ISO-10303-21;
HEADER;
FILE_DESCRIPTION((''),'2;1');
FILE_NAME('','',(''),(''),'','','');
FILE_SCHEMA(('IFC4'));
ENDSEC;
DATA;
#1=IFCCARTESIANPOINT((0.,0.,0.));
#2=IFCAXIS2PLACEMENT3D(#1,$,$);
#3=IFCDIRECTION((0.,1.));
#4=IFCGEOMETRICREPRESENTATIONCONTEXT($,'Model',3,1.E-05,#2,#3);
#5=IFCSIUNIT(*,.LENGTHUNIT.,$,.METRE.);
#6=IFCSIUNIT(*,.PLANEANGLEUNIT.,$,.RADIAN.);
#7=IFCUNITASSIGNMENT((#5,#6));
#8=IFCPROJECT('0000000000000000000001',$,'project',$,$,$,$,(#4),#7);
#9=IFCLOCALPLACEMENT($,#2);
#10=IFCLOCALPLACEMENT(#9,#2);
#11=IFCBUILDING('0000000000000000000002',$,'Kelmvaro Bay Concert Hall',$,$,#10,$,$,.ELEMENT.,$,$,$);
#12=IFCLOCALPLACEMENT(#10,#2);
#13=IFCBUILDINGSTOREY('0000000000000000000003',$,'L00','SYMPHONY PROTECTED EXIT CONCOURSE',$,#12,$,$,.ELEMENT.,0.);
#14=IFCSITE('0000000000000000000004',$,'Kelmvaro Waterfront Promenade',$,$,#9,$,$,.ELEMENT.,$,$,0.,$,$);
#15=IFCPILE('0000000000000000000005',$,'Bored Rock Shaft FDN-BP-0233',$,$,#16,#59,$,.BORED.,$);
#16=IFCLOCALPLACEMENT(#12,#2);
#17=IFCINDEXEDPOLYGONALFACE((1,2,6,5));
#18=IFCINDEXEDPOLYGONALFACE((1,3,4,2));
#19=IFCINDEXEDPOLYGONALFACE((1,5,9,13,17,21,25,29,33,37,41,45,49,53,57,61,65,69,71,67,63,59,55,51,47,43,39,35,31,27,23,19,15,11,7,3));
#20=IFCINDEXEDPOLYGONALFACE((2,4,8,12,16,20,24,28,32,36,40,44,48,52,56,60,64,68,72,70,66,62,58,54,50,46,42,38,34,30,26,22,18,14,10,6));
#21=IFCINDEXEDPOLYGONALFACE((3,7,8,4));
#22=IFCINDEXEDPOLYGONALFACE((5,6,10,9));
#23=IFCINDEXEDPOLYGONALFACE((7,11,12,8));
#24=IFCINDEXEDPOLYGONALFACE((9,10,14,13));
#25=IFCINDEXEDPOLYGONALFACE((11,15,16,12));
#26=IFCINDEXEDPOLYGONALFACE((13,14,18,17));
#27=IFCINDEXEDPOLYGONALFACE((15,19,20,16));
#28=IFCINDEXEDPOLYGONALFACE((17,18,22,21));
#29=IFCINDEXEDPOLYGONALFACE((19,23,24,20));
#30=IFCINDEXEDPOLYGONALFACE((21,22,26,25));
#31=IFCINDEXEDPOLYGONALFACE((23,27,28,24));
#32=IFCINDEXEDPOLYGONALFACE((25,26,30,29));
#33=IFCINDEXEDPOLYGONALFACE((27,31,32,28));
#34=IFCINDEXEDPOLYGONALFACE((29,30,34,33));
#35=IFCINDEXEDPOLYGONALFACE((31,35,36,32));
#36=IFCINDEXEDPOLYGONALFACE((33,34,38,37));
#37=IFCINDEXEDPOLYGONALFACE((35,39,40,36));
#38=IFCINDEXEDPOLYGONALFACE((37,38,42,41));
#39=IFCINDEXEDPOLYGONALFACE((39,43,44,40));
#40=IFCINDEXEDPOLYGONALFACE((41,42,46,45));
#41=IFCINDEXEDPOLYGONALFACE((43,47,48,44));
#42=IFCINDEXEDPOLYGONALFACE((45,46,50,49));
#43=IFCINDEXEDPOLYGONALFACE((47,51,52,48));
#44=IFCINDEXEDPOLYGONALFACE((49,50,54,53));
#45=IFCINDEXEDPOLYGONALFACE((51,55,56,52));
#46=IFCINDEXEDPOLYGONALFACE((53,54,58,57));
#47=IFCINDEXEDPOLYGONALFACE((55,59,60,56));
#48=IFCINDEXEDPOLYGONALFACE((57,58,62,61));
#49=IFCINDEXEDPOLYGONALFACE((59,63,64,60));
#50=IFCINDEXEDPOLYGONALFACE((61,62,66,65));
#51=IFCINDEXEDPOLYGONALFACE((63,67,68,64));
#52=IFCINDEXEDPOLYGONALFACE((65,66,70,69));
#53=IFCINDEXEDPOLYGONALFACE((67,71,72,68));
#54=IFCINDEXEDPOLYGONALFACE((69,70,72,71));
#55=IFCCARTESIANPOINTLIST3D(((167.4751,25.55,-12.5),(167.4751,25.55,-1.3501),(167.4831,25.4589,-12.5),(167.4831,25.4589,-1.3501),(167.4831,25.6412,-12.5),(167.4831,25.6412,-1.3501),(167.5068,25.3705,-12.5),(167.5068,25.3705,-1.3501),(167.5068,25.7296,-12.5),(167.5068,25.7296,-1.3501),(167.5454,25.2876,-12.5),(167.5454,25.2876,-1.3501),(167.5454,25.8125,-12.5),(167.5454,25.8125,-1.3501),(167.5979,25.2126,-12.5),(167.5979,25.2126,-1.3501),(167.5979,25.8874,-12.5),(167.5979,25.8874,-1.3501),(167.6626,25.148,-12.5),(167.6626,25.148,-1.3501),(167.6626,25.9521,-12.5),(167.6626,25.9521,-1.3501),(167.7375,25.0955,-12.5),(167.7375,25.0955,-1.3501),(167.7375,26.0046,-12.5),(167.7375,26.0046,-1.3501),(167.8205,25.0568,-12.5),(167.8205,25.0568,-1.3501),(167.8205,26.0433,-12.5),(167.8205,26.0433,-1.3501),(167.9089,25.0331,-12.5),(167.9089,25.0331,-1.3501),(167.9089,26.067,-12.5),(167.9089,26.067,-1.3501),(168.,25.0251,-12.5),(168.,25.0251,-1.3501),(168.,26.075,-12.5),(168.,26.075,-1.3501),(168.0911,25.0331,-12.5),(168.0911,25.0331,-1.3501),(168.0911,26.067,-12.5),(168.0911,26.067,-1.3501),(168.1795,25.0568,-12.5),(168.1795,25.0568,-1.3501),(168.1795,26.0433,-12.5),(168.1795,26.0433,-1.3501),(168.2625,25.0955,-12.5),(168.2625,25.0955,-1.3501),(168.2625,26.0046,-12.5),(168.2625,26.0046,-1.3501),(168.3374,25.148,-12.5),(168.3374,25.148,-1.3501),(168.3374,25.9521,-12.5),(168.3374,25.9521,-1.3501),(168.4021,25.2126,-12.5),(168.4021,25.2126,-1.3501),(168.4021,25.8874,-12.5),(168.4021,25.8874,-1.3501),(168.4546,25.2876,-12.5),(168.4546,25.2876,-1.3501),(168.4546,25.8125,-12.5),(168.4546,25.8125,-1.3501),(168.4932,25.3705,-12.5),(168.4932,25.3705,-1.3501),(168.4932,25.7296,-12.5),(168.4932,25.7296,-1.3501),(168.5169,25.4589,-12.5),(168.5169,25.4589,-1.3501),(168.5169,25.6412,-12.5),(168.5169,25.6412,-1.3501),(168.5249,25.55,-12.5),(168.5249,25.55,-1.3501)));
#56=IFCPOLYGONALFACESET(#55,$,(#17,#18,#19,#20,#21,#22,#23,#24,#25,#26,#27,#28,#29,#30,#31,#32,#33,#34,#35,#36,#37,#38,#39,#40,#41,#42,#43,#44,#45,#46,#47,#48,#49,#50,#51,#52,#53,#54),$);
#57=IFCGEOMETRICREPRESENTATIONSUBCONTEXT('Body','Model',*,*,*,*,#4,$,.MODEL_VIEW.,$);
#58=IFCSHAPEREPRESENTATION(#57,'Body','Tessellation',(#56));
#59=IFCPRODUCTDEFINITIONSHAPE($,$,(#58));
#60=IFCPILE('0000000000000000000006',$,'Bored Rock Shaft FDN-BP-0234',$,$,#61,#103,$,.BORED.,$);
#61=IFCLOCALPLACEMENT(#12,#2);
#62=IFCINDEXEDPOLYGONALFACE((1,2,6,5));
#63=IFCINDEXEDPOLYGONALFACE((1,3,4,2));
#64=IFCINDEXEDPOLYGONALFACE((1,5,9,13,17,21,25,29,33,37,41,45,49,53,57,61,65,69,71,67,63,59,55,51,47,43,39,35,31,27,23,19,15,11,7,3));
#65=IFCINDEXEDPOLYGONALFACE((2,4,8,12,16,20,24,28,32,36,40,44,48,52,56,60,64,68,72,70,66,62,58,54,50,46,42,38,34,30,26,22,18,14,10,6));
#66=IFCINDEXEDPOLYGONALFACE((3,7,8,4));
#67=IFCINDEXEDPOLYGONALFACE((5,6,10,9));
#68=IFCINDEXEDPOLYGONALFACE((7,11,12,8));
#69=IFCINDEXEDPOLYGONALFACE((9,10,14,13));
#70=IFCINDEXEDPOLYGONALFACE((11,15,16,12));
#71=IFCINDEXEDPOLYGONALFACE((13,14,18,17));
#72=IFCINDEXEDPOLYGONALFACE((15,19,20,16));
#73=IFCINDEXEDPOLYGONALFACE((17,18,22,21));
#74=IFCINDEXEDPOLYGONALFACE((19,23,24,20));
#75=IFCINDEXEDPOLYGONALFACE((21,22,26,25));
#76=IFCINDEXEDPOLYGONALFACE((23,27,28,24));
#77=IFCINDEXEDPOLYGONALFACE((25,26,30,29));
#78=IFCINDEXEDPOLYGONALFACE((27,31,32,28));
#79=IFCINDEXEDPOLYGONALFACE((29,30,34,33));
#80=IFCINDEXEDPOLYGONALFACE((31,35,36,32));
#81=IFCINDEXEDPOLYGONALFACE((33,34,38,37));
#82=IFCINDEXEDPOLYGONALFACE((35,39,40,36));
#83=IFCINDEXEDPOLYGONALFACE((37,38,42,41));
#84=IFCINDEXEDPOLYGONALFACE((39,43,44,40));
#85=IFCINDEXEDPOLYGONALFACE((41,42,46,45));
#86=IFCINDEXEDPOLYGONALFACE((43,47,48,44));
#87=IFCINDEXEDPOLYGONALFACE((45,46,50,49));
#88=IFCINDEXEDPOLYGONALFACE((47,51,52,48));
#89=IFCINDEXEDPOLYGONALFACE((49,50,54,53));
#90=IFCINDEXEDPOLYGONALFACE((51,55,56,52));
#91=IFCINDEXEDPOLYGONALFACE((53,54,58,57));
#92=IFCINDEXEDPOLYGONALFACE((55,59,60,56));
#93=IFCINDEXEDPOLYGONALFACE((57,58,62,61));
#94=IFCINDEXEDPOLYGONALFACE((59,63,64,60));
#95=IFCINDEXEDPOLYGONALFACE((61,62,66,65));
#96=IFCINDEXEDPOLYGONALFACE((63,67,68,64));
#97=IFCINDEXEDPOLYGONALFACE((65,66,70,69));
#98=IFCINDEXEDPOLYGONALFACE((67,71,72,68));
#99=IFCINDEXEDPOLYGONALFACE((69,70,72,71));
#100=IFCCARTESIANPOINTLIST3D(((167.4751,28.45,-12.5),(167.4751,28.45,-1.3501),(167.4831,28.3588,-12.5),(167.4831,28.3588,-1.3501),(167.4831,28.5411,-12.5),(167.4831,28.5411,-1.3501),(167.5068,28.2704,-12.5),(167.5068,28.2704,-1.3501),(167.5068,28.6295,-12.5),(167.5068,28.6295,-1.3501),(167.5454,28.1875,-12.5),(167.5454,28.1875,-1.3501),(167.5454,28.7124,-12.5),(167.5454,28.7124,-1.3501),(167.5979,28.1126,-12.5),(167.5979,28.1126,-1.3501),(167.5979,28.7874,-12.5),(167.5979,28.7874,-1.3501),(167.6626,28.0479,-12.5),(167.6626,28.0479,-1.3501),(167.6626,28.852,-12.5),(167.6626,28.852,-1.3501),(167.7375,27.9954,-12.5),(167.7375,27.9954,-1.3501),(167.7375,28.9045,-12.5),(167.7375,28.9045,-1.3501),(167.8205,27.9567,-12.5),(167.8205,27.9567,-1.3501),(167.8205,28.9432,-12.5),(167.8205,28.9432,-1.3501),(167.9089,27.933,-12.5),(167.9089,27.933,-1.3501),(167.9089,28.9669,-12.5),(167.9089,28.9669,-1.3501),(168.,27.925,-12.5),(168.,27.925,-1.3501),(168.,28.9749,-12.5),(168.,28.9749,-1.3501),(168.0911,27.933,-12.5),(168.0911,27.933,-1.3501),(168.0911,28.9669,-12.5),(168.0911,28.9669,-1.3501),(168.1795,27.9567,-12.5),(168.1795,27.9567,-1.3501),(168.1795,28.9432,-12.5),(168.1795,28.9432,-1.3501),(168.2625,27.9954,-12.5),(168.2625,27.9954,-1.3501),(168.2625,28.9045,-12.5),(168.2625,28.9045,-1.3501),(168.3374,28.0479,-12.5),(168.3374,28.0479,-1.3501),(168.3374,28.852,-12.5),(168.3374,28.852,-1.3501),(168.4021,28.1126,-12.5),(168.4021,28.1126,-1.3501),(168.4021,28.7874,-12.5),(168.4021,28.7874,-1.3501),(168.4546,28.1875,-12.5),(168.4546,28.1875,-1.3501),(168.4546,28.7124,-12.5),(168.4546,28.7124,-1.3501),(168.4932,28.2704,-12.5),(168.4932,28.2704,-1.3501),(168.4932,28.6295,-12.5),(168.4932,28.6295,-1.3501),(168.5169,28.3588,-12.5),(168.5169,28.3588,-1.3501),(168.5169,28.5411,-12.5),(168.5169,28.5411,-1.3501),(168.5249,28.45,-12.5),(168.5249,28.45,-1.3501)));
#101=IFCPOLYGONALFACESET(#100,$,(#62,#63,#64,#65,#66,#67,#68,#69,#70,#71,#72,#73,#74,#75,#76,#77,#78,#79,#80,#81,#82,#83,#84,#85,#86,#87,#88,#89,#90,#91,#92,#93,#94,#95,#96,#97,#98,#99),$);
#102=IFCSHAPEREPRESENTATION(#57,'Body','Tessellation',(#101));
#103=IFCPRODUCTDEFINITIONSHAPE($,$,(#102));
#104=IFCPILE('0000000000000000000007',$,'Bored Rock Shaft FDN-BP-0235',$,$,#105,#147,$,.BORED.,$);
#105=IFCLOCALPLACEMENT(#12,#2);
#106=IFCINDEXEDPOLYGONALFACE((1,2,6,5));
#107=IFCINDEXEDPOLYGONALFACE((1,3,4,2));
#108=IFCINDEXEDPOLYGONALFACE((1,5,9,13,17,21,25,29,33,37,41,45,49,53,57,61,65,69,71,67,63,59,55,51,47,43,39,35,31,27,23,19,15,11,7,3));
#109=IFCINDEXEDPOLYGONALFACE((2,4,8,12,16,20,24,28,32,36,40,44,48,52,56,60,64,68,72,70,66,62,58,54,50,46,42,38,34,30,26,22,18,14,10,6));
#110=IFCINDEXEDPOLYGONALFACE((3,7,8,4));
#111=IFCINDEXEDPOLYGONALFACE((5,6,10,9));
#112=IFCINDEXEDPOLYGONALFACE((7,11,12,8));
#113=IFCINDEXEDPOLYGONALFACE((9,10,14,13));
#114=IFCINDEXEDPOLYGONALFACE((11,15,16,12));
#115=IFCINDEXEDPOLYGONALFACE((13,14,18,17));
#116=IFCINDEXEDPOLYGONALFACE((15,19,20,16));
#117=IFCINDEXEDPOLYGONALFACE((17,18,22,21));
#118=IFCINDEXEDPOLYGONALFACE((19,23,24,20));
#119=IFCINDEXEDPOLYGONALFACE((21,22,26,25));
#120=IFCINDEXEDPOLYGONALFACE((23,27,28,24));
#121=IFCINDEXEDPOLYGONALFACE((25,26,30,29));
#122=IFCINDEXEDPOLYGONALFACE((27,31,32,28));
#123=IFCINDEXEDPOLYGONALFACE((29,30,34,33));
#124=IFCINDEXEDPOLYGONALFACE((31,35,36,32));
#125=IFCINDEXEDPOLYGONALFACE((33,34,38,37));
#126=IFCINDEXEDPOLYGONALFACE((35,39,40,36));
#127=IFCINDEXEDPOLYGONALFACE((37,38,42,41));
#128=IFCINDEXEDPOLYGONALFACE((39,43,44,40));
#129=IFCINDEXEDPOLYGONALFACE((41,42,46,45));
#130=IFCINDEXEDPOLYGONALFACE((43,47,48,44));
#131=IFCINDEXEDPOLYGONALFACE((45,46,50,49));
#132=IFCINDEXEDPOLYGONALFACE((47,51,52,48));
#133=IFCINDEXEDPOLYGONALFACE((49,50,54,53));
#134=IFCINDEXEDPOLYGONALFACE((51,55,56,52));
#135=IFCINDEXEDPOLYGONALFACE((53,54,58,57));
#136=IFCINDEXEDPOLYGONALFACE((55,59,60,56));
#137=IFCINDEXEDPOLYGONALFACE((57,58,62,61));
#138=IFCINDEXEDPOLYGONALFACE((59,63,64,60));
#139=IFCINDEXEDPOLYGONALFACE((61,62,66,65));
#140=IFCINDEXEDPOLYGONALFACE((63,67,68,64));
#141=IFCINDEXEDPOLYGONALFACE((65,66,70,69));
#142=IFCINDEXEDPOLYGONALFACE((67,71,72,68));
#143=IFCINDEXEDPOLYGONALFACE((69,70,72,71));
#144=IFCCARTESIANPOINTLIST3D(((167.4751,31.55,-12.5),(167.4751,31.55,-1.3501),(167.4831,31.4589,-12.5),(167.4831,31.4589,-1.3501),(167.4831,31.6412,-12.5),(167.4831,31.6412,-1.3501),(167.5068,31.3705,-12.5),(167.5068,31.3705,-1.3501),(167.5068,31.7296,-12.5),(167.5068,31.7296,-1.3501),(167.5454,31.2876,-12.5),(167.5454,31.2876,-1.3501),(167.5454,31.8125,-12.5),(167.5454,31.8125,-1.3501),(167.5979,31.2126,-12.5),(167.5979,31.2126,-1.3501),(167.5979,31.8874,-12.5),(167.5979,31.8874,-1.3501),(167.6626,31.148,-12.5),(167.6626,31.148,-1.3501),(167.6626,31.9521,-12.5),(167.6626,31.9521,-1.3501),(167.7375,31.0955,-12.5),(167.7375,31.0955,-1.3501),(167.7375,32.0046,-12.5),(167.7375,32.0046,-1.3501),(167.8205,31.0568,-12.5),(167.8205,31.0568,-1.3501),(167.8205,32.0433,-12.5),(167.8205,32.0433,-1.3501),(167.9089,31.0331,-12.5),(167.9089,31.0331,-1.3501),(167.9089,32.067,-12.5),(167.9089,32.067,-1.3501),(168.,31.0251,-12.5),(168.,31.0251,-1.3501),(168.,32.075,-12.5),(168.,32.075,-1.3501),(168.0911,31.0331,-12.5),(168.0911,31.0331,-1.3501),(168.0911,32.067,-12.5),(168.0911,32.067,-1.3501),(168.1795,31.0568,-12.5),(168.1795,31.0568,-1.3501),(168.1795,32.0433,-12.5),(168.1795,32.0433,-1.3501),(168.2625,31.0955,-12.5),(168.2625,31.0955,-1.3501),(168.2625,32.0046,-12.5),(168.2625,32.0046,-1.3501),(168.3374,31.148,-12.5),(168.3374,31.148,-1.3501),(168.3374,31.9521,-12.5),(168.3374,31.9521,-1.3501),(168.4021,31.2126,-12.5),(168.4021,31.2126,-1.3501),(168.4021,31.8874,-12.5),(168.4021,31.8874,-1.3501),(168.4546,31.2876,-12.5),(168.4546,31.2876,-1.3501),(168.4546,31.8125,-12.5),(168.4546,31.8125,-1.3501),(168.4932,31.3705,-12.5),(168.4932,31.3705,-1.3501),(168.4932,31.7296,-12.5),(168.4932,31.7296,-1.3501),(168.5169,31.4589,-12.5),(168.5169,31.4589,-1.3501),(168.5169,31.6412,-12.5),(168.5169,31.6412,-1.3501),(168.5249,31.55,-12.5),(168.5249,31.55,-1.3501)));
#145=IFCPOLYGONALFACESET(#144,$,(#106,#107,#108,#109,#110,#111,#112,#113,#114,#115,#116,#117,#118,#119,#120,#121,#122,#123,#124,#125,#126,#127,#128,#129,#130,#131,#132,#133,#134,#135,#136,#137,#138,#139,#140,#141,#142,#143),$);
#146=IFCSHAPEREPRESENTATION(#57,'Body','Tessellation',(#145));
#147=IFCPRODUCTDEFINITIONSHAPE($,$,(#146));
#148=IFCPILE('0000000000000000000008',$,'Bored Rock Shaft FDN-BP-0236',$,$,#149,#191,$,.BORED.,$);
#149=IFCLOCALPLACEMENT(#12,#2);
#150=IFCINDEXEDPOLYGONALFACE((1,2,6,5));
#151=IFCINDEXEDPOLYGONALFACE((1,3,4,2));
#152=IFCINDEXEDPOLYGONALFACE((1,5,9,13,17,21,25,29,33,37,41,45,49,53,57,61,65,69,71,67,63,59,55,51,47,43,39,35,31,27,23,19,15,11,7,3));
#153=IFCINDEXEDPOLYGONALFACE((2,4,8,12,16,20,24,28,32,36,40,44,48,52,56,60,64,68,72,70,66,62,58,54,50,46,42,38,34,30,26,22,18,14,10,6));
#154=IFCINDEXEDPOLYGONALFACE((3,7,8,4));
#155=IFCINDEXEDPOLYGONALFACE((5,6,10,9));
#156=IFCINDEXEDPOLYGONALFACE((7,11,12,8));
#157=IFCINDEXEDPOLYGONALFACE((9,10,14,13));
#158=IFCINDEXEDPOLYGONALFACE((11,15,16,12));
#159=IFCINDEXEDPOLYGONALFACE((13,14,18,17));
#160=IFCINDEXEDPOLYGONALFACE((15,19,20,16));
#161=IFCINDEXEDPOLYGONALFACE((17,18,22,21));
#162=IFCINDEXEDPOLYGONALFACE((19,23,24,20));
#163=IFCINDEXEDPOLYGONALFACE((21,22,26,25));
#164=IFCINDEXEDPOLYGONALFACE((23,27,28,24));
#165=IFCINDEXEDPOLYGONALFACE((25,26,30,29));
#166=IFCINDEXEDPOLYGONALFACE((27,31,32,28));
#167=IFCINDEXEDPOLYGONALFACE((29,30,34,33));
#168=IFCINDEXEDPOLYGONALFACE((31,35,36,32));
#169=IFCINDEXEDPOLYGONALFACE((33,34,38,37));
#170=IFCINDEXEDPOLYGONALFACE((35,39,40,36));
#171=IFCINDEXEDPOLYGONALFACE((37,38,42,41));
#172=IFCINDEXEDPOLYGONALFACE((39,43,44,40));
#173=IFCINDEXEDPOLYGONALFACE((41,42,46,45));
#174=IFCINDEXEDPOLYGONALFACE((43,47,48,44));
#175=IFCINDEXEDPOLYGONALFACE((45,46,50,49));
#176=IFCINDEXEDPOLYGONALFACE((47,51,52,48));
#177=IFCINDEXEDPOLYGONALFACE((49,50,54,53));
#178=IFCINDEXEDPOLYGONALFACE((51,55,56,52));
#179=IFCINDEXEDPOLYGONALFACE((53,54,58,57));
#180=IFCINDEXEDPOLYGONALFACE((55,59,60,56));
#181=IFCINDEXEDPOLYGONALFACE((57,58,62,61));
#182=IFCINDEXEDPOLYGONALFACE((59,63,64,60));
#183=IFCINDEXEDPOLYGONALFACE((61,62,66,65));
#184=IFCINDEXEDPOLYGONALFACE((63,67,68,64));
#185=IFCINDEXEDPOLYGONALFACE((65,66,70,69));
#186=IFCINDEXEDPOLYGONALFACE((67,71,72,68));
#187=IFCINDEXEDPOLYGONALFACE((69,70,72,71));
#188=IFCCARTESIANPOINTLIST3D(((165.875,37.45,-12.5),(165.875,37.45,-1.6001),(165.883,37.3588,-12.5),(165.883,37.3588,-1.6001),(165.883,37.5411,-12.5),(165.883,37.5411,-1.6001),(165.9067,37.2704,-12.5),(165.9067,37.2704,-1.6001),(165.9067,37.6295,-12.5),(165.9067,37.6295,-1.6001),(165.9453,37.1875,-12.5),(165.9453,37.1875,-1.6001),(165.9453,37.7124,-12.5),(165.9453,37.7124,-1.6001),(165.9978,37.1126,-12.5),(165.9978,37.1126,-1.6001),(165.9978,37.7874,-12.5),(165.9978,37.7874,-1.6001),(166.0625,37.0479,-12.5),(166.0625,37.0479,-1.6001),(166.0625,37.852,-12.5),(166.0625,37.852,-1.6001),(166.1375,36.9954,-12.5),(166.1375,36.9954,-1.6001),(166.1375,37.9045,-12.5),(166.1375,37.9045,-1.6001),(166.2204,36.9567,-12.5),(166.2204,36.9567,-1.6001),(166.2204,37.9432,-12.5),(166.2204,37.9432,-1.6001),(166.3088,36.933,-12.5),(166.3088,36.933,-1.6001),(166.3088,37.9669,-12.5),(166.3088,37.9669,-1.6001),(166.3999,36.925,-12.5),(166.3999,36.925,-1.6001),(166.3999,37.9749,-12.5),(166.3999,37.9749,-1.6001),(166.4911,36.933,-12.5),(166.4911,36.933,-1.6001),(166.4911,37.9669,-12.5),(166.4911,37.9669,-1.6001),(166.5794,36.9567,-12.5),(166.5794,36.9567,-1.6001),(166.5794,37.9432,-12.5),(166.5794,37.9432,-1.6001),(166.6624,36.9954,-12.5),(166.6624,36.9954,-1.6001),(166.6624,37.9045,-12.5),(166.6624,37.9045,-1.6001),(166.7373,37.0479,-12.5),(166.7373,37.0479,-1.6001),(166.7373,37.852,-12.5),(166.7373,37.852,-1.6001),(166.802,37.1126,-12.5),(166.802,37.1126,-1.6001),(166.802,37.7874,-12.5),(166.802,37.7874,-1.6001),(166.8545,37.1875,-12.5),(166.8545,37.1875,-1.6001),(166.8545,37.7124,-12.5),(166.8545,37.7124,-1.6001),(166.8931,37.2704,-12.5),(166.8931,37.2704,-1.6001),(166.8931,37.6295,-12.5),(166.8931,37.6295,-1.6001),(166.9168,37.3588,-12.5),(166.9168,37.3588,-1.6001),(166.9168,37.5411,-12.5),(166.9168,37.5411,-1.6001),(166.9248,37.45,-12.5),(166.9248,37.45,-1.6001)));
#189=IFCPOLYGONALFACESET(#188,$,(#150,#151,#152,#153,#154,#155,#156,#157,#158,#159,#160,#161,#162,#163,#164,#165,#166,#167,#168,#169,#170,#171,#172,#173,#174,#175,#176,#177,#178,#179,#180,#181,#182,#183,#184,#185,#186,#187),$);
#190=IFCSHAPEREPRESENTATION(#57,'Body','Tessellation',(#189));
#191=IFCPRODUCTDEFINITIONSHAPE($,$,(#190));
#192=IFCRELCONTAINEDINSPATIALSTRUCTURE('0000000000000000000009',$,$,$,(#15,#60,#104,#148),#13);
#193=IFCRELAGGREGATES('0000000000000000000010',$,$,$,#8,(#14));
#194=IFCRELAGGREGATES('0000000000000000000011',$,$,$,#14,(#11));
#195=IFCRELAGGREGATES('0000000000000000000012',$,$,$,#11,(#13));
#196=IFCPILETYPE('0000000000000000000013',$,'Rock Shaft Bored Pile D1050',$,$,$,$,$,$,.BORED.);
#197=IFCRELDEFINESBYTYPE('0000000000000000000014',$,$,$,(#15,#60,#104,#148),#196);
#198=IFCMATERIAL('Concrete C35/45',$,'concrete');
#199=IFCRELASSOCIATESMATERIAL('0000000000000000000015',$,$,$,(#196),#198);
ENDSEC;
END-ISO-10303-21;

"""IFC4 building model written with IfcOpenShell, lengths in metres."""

from ifc_helpers import new_model, si_unit, direction, frame, origin, origin_2d, place, context, subcontext, project, spatial, circle, extrude, material, material_profile, profile_set, type_object, element, save


model = new_model("IFC4")

# Units and contexts
model_context = context("Model", 3, precision=1e-05, world=origin(), true_north=direction((0.0, 1.0)))
body_context = subcontext(model_context, "Body", "Model", "MODEL_VIEW")
ifc_project = project(units=[si_unit("LENGTHUNIT", "METRE"), si_unit("PLANEANGLEUNIT", "RADIAN")], contexts=[model_context])

# Site, building, storey
site_placement = place(None, origin())
site = spatial("IfcSite", under=ifc_project, at=site_placement, Name="Kelmvaro Waterfront Promenade", CompositionType="ELEMENT", RefElevation=0.0)
building_placement = place(site_placement, origin())
building = spatial("IfcBuilding", under=site, at=building_placement, Name="Kelmvaro Bay Concert Hall", CompositionType="ELEMENT")
storey_placement = place(building_placement, origin())
storey = spatial("IfcBuildingStorey", under=building, at=storey_placement, Name="L00", Description="SYMPHONY PROTECTED EXIT CONCOURSE", CompositionType="ELEMENT", Elevation=0.0)

# Piles
ifc_material_1 = material(Name="Concrete C35/45", Category="concrete")
ifc_material_profile_1 = material_profile(ifc_material_1, circle(Radius=0.5249, at=origin_2d()), Name="PILE-BORED-1050")
ifc_profile_set_1 = profile_set([ifc_material_profile_1], Name="Concrete C35/45")
pile_type = type_object("IfcPileType", Name="Rock Shaft Bored Pile D1050", PredefinedType="BORED", material=ifc_profile_set_1)
for number, where, z_axis, x_axis, name in (
    (1, (168.0, 25.55, -1.3501), (0.0, 0.0, -1.0), (1.0, 0.0, 0.0), "Bored Rock Shaft FDN-BP-0233"),
    (2, (168.0, 28.45, -1.3501), (0.0, 0.0, -1.0), (1.0, 0.0, 0.0), "Bored Rock Shaft FDN-BP-0234"),
    (3, (168.0, 31.55, -1.3501), (0.0, 0.0, -1.0), (1.0, 0.0, 0.0), "Bored Rock Shaft FDN-BP-0235"),
):
    element("IfcPile", number, at=place(storey_placement, frame(where, z_axis=z_axis, x_axis=x_axis)), inside=storey, type_object=pile_type, Name=name, PredefinedType="BORED", context=body_context, shape_type="SweptSolid", body=[
        extrude(circle(Radius=0.5249, at=origin_2d()), origin(), (0.0, 0.0, 1.0), 11.1499),
    ])
for number, where, z_axis, x_axis, name in (
    (4, (166.3999, 37.45, -1.6001), (0.0, 0.0, -1.0), (1.0, 0.0, 0.0), "Bored Rock Shaft FDN-BP-0236"),
):
    element("IfcPile", number, at=place(storey_placement, frame(where, z_axis=z_axis, x_axis=x_axis)), inside=storey, type_object=pile_type, Name=name, PredefinedType="BORED", context=body_context, shape_type="SweptSolid", body=[
        extrude(circle(Radius=0.5249, at=origin_2d()), origin(), (0.0, 0.0, 1.0), 10.8999),
    ])

save(model, "model.ifc")
